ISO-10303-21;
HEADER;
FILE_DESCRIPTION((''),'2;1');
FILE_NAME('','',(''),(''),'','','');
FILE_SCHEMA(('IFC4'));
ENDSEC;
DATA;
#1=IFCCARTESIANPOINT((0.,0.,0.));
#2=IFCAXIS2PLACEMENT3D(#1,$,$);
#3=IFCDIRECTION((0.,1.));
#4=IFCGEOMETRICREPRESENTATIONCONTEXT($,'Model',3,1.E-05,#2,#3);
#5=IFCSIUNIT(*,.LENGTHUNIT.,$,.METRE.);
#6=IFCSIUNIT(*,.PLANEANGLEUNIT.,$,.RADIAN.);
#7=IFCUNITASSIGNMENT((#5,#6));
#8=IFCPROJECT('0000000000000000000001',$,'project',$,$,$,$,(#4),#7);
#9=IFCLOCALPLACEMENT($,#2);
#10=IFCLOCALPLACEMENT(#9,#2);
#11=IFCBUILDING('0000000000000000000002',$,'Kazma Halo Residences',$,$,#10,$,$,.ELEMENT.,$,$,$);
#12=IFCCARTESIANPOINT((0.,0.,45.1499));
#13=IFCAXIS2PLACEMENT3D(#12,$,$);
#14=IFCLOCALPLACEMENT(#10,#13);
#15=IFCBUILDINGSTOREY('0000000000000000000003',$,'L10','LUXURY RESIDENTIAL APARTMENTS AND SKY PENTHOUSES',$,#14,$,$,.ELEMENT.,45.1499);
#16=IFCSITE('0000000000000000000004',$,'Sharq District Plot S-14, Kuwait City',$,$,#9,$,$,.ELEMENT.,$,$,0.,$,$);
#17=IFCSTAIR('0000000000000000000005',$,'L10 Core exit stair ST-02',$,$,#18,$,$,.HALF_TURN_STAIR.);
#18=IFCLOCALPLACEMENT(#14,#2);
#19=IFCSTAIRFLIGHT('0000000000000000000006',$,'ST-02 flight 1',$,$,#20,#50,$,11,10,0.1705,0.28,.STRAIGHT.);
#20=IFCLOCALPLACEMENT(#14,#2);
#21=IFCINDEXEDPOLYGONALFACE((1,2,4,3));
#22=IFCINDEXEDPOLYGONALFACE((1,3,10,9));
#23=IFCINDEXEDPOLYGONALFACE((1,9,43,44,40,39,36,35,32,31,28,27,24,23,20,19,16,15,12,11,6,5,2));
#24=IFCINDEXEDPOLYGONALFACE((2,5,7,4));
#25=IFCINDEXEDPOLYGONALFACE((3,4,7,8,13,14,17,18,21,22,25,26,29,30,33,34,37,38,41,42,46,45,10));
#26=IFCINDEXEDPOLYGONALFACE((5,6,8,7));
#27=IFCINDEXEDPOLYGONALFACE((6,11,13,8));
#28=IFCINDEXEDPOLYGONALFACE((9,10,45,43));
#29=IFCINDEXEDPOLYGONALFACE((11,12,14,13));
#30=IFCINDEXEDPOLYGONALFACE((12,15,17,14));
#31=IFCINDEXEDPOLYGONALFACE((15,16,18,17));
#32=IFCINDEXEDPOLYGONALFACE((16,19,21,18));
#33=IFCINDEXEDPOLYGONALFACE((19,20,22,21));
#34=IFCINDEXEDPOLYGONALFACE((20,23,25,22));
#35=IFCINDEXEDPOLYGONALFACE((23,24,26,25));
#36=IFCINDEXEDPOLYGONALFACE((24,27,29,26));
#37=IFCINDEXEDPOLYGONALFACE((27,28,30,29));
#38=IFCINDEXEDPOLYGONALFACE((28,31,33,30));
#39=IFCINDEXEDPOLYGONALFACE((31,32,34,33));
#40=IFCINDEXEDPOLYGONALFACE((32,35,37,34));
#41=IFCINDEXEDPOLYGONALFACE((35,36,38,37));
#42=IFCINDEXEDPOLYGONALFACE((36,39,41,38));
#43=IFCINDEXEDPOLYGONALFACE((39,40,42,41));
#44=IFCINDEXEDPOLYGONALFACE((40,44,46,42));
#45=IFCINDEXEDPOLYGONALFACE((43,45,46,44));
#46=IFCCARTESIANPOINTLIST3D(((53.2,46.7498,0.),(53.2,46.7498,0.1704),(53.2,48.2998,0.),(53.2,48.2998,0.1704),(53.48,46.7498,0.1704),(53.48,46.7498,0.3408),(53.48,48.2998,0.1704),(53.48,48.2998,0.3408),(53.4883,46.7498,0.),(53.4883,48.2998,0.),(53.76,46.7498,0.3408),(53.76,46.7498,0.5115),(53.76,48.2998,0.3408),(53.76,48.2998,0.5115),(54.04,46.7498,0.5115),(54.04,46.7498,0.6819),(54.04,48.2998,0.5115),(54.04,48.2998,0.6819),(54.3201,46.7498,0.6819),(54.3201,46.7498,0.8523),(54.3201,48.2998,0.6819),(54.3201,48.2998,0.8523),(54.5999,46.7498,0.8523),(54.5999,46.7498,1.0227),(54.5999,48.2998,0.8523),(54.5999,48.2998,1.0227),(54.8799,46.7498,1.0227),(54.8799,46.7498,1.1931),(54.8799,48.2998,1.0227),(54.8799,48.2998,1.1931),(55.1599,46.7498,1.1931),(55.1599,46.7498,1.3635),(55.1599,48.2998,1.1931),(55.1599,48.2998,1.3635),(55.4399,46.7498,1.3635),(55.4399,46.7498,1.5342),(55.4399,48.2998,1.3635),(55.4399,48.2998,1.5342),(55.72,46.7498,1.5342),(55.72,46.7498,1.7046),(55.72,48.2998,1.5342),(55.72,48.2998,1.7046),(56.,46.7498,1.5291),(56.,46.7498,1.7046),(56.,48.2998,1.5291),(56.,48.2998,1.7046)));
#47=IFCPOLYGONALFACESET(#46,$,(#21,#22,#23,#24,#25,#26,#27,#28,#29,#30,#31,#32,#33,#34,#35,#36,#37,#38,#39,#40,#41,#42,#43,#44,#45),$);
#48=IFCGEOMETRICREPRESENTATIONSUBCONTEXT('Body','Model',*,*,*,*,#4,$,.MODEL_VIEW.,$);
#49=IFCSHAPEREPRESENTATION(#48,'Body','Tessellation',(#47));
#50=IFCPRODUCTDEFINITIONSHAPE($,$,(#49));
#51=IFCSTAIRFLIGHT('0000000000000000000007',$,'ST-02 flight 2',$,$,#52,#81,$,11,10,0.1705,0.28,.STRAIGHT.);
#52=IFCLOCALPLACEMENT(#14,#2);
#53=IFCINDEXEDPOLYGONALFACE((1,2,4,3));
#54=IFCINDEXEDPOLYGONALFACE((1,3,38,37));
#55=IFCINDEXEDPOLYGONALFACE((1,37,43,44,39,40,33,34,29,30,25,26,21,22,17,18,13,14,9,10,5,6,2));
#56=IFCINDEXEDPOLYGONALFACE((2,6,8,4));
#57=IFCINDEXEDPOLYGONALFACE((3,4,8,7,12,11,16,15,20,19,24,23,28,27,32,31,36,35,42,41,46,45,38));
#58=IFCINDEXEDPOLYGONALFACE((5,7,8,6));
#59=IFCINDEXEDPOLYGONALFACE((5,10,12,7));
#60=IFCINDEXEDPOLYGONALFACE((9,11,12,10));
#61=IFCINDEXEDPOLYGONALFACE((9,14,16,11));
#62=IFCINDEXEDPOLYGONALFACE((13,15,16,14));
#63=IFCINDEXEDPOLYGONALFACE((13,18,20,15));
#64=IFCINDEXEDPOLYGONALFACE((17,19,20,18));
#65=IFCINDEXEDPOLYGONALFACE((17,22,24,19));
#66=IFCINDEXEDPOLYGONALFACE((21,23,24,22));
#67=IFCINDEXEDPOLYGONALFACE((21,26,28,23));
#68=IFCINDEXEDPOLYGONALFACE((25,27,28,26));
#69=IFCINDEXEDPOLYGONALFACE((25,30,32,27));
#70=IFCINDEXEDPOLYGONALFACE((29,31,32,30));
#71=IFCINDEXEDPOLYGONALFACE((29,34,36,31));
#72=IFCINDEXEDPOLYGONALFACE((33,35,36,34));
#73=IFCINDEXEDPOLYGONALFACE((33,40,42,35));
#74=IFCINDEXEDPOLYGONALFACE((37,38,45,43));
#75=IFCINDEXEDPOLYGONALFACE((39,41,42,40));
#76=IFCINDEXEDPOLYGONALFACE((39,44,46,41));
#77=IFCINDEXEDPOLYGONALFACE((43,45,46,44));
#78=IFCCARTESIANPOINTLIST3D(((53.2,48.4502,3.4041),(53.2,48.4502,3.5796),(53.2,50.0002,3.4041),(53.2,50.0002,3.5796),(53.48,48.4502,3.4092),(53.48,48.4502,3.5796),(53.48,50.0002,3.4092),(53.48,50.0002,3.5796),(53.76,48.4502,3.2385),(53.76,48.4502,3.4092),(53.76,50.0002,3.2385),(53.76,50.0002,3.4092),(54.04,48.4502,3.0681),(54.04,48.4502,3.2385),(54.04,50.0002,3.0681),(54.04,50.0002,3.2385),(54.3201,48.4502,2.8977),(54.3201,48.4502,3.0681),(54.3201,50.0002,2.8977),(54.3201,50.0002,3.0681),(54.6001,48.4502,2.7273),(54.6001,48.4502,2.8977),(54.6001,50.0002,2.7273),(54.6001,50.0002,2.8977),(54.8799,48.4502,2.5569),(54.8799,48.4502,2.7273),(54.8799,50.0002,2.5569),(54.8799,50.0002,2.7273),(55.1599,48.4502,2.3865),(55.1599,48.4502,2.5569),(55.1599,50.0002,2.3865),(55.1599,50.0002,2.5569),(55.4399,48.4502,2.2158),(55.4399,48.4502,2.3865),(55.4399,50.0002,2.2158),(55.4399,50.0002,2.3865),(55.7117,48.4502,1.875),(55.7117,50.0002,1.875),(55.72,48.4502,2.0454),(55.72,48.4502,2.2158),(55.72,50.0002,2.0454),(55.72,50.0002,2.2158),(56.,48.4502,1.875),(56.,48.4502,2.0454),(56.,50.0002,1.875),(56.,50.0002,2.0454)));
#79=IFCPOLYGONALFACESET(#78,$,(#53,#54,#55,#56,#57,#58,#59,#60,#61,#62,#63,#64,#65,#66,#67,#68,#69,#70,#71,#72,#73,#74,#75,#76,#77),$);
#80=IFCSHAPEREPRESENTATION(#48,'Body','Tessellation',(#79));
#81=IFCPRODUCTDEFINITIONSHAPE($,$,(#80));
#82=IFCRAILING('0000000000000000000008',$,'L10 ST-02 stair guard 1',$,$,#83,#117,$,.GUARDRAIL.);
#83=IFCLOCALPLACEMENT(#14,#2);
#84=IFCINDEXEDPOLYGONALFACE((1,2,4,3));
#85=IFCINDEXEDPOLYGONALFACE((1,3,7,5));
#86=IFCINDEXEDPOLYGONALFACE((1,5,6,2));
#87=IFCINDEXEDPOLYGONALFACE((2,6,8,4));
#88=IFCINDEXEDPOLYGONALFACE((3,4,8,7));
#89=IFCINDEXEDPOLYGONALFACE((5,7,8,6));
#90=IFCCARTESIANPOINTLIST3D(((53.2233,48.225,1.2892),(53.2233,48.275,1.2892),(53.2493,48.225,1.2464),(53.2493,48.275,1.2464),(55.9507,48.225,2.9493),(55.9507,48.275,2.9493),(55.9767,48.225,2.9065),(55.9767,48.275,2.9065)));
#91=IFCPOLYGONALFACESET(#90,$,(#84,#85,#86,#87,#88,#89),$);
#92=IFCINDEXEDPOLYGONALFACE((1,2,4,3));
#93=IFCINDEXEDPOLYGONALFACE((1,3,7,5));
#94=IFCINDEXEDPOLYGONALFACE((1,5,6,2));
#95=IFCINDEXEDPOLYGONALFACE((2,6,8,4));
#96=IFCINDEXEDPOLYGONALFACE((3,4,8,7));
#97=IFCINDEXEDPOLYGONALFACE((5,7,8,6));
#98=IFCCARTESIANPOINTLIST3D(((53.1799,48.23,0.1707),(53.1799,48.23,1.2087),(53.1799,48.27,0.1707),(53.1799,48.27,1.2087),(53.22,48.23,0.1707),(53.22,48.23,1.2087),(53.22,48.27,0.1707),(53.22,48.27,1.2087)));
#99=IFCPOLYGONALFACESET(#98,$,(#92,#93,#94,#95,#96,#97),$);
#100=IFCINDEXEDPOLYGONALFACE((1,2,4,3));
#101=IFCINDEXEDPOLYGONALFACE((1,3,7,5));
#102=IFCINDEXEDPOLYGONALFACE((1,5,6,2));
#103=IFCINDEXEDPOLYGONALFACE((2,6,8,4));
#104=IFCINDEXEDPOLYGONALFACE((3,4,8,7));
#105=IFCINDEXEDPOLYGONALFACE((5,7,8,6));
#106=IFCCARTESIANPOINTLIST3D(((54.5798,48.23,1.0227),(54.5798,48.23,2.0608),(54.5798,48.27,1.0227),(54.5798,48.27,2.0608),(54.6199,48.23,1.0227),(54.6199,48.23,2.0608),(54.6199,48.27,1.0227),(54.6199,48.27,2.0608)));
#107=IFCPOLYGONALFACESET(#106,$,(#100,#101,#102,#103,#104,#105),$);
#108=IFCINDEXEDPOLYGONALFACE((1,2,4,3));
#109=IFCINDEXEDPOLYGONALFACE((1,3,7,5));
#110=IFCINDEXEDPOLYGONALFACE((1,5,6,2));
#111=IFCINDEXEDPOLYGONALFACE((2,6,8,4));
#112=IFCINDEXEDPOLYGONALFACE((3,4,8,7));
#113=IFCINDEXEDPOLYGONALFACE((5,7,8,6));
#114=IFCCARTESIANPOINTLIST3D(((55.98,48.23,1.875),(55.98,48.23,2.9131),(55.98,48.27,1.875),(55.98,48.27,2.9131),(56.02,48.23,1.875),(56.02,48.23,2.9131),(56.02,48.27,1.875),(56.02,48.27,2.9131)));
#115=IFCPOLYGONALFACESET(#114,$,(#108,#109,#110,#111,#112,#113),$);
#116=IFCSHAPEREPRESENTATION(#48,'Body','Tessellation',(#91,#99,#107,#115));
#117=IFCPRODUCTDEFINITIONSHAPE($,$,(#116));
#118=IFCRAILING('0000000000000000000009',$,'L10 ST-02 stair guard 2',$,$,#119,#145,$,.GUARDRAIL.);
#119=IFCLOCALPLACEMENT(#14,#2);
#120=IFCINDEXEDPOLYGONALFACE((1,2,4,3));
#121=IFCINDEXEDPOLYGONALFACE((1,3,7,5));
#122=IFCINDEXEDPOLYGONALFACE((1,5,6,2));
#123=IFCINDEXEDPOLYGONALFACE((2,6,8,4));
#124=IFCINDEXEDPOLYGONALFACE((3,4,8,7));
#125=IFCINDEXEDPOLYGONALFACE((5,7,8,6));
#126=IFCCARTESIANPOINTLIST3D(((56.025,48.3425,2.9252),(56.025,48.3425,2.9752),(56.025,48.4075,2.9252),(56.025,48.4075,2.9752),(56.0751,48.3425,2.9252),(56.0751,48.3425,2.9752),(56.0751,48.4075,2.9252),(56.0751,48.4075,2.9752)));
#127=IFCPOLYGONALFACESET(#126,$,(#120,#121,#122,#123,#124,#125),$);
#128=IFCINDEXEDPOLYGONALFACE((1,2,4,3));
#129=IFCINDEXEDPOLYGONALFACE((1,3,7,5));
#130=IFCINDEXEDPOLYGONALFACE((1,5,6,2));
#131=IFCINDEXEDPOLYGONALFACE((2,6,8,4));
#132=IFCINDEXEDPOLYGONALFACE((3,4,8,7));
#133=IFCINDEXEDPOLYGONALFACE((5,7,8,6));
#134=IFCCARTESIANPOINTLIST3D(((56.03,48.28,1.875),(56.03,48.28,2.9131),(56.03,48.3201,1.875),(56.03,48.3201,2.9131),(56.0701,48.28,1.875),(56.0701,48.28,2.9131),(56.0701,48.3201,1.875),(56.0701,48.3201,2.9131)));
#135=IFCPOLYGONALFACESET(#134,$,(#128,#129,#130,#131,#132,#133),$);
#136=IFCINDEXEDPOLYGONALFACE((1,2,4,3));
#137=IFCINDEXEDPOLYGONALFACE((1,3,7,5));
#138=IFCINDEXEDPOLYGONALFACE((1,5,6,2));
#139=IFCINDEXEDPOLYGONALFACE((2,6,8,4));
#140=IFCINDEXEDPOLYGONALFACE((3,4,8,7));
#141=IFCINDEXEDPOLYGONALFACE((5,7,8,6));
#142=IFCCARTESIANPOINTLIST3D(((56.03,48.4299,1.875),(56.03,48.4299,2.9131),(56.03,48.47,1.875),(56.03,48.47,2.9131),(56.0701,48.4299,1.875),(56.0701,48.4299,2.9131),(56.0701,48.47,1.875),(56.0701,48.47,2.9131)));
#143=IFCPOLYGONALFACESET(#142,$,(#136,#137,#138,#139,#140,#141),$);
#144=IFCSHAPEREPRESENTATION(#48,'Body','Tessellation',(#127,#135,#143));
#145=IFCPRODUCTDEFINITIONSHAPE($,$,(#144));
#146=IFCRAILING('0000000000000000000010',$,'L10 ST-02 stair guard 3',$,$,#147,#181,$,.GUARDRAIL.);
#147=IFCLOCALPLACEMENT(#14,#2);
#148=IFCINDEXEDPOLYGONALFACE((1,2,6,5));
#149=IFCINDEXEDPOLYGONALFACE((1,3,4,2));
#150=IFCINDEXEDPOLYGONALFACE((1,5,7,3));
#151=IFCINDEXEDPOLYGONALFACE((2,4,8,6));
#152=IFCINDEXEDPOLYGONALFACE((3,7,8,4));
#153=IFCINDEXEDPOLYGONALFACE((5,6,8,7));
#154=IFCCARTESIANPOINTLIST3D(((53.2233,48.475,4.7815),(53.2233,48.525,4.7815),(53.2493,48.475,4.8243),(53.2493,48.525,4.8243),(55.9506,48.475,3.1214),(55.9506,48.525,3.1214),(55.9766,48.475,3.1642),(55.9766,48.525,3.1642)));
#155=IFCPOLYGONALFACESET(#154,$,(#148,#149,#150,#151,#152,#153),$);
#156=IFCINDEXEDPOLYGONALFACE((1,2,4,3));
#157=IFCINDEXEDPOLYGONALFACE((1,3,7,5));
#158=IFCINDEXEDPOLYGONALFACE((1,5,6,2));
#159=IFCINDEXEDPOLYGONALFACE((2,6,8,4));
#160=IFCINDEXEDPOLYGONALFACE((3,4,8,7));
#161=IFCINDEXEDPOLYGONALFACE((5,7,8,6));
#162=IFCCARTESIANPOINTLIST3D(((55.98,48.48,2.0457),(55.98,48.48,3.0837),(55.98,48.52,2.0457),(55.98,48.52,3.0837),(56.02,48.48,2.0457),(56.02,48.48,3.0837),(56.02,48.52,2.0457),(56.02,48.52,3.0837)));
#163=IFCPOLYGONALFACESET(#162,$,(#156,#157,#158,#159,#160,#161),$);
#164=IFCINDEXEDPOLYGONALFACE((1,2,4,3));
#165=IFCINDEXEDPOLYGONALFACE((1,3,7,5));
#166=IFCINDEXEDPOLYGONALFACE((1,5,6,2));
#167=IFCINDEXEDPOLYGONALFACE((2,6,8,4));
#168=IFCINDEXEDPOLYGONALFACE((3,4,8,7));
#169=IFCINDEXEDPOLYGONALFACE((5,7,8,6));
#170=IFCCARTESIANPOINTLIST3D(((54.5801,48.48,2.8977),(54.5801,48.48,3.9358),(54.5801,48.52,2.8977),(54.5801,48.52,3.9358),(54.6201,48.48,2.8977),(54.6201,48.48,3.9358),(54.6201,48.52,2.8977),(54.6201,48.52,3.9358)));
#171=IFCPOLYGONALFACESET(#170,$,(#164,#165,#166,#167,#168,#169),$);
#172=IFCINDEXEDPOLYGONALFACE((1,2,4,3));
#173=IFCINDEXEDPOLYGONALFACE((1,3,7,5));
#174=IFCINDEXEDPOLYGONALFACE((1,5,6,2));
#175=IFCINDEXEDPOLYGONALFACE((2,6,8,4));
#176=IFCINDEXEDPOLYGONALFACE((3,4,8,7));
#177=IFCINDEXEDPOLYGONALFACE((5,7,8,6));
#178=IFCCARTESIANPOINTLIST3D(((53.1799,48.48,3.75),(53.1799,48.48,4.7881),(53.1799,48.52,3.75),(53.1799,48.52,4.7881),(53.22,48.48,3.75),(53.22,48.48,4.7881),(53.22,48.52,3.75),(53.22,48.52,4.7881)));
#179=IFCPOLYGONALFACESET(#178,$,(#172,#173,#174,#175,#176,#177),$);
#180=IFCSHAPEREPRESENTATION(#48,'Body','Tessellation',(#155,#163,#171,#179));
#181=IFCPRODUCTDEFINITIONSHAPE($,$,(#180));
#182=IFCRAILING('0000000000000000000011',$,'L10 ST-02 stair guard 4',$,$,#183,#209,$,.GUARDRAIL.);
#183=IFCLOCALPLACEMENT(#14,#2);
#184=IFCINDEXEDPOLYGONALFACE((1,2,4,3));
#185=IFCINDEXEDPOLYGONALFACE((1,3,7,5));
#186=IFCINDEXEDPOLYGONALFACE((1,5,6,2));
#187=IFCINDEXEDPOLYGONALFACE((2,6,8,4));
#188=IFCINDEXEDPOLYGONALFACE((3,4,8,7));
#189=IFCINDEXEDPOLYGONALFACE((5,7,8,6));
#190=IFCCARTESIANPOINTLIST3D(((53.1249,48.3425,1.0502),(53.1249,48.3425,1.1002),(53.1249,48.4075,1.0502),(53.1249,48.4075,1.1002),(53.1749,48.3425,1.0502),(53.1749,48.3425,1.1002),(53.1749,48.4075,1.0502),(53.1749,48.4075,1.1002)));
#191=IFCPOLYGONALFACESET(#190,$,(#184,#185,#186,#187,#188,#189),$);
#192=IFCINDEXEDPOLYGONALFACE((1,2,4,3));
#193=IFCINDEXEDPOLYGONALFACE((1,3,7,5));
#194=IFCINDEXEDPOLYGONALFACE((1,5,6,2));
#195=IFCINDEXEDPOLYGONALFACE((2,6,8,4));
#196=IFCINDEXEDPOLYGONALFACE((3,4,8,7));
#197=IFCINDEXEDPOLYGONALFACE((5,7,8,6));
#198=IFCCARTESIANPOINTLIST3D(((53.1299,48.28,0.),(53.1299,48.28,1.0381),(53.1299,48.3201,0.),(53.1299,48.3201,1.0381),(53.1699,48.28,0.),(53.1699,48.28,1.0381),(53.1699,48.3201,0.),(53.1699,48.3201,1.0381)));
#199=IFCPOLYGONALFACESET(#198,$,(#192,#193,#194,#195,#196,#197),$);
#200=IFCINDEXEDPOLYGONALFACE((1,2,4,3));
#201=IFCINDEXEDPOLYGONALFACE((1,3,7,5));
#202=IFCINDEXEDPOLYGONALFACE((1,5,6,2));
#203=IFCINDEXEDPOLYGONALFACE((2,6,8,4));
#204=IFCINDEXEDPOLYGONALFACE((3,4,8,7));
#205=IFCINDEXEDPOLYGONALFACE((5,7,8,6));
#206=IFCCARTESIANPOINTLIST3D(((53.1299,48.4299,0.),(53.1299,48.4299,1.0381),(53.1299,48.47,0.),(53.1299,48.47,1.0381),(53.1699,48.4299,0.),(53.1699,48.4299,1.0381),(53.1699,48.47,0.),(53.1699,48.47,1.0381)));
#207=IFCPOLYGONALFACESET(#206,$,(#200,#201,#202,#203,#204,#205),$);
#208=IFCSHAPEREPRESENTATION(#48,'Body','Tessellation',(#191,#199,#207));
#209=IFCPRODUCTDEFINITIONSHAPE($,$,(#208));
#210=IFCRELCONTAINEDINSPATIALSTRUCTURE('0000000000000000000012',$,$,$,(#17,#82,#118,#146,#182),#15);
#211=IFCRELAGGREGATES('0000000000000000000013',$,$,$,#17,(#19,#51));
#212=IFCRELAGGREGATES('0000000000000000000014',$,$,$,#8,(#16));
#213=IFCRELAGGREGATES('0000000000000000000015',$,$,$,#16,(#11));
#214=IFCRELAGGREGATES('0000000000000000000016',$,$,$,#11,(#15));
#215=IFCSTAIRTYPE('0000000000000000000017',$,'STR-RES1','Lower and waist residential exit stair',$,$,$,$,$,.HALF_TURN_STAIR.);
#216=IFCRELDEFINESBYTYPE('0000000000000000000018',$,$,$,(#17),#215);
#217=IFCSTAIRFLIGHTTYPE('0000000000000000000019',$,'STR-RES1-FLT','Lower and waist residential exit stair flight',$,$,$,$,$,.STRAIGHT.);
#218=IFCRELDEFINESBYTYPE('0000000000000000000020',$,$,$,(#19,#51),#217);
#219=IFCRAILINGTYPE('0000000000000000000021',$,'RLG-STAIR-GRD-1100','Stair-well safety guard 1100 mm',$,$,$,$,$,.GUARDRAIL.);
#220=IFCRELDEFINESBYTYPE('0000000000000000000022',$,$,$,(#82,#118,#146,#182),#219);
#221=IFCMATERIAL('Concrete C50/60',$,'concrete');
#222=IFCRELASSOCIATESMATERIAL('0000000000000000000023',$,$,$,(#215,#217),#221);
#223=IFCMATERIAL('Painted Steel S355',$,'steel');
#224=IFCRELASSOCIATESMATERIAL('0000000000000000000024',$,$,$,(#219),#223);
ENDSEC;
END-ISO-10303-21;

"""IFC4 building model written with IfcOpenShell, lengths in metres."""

from ifc_helpers import new_model, si_unit, direction, frame, origin, origin_2d, place, context, subcontext, project, spatial, polyline, rectangle, outline, extrude, material, type_object, element, aggregate, save


model = new_model("IFC4")

# Units and contexts
model_context = context("Model", 3, precision=1e-05, world=origin(), true_north=direction((0.0, 1.0)))
body_context = subcontext(model_context, "Body", "Model", "MODEL_VIEW")
ifc_project = project(units=[si_unit("LENGTHUNIT", "METRE"), si_unit("PLANEANGLEUNIT", "RADIAN")], contexts=[model_context])

# Site, building, storey
site_placement = place(None, origin())
site = spatial("IfcSite", under=ifc_project, at=site_placement, Name="Sharq District Plot S-14, Kuwait City", CompositionType="ELEMENT", RefElevation=0.0)
building_placement = place(site_placement, origin())
building = spatial("IfcBuilding", under=site, at=building_placement, Name="Kazma Halo Residences", CompositionType="ELEMENT")
storey_placement = place(building_placement, frame((0.0, 0.0, 45.1499)))
storey = spatial("IfcBuildingStorey", under=building, at=storey_placement, Name="L10", Description="LUXURY RESIDENTIAL APARTMENTS AND SKY PENTHOUSES", CompositionType="ELEMENT", Elevation=45.1499)

# Shared definitions
ifc_material_1 = material(Name="Concrete C50/60", Category="concrete")

# Stair, stair flights
stair_type = type_object("IfcStairType", Name="STR-RES1", Description="Lower and waist residential exit stair", PredefinedType="HALF_TURN_STAIR", material=ifc_material_1)
stair_placement = place(storey_placement, origin())
stair = element("IfcStair", 1, at=stair_placement, inside=storey, type_object=stair_type, Name="L10 Core exit stair ST-02", PredefinedType="HALF_TURN_STAIR")
stair_flight_type = type_object("IfcStairFlightType", Name="STR-RES1-FLT", Description="Lower and waist residential exit stair flight", PredefinedType="STRAIGHT", material=ifc_material_1)
stair_flight_1_placement = place(storey_placement, frame((53.2, 47.5249, 0.0), z_axis=(0.0, 0.0, 1.0), x_axis=(1.0, 0.0, 0.0)))
stair_flight_1 = element("IfcStairFlight", 2, at=stair_flight_1_placement, type_object=stair_flight_type, Name="ST-02 flight 1", NumberOfRisers=11, NumberOfTreads=10, PredefinedType="STRAIGHT", RiserHeight=0.1705, TreadLength=0.28, context=body_context, shape_type="SweptSolid", body=[
    extrude(outline(polyline([(0.0, 0.0), (0.0, 0.1704), (0.28, 0.1704), (0.28, 0.3408), (0.5601, 0.3408), (0.5601, 0.5115), (0.8401, 0.5115), (0.8401, 0.6819), (1.1201, 0.6819), (1.1201, 0.8523), (1.3999, 0.8523), (1.3999, 1.0227), (1.6799, 1.0227), (1.6799, 1.1931), (1.96, 1.1931), (1.96, 1.3635), (2.24, 1.3635), (2.24, 1.5342), (2.52, 1.5342), (2.52, 1.7046), (2.8, 1.7046), (2.8, 1.875), (2.8, 1.5291), (0.2883, 0.0), (0.0, 0.0)])), frame((0.0, 0.7749, 0.0), z_axis=(0.0, -1.0, 0.0), x_axis=(1.0, 0.0, 0.0)), (0.0, 0.0, 1.0), 1.55),
])
stair_flight_2_placement = place(storey_placement, frame((56.0, 49.2251, 1.875), z_axis=(0.0, 0.0, 1.0), x_axis=(-1.0, 0.0, 0.0)))
stair_flight_2 = element("IfcStairFlight", 3, at=stair_flight_2_placement, type_object=stair_flight_type, Name="ST-02 flight 2", NumberOfRisers=11, NumberOfTreads=10, PredefinedType="STRAIGHT", RiserHeight=0.1705, TreadLength=0.28, context=body_context, shape_type="SweptSolid", body=[
    extrude(outline(polyline([(0.0, 0.0), (0.0, 0.1704), (0.28, 0.1704), (0.28, 0.3408), (0.5601, 0.3408), (0.5601, 0.5115), (0.8401, 0.5115), (0.8401, 0.6819), (1.1201, 0.6819), (1.1201, 0.8523), (1.3999, 0.8523), (1.3999, 1.0227), (1.6799, 1.0227), (1.6799, 1.1931), (1.96, 1.1931), (1.96, 1.3635), (2.24, 1.3635), (2.24, 1.5342), (2.52, 1.5342), (2.52, 1.7046), (2.8, 1.7046), (2.8, 1.875), (2.8, 1.5291), (0.2883, 0.0), (0.0, 0.0)])), frame((0.0, 0.7749, 0.0), z_axis=(0.0, -1.0, 0.0), x_axis=(1.0, 0.0, 0.0)), (0.0, 0.0, 1.0), 1.55),
])
aggregate(stair, [stair_flight_1, stair_flight_2])

# Railings
ifc_material_2 = material(Name="Painted Steel S355", Category="steel")
railing_type_1 = type_object("IfcRailingType", Name="RLG-STAIR-GRD-1100", Description="Stair-well safety guard 1100 mm", PredefinedType="GUARDRAIL", material=ifc_material_2)
railing_1_placement = place(storey_placement, frame((53.2, 48.25, 0.1707)))
element("IfcRailing", 4, at=railing_1_placement, inside=storey, type_object=railing_type_1, Name="L10 ST-02 stair guard 1", PredefinedType="GUARDRAIL", context=body_context, shape_type="SweptSolid", body=[
    extrude(rectangle(XDim=0.05, YDim=0.05, at=origin_2d()), frame((0.0364, 0.0, 1.0972), z_axis=(0.854203, 0.0, 0.51994), x_axis=(0.0, 1.0, 0.0)), (0.0, 0.0, 1.0), 3.1929),
    extrude(rectangle(XDim=0.04, YDim=0.04, at=origin_2d()), origin(), (0.0, 0.0, 1.0), 1.0381),
    extrude(rectangle(XDim=0.04, YDim=0.04, at=origin_2d()), frame((1.3999, 0.0, 0.8521)), (0.0, 0.0, 1.0), 1.0381),
    extrude(rectangle(XDim=0.04, YDim=0.04, at=origin_2d()), frame((2.8, 0.0, 1.7043)), (0.0, 0.0, 1.0), 1.0381),
])
railing_2_placement = place(storey_placement, frame((56.05, 48.3, 1.875)))
element("IfcRailing", 5, at=railing_2_placement, inside=storey, type_object=railing_type_1, Name="L10 ST-02 stair guard 2", PredefinedType="GUARDRAIL", context=body_context, shape_type="SweptSolid", body=[
    extrude(rectangle(XDim=0.05, YDim=0.05, at=origin_2d()), frame((0.0, 0.0425, 1.0752), z_axis=(0.0, 1.0, 0.0), x_axis=(-1.0, 0.0, 0.0)), (0.0, 0.0, 1.0), 0.0649),
    extrude(rectangle(XDim=0.04, YDim=0.04, at=origin_2d()), origin(), (0.0, 0.0, 1.0), 1.0381),
    extrude(rectangle(XDim=0.04, YDim=0.04, at=origin_2d()), frame((0.0, 0.1499, 0.0)), (0.0, 0.0, 1.0), 1.0381),
])
railing_3_placement = place(storey_placement, frame((56.0, 48.5, 2.0457)))
element("IfcRailing", 6, at=railing_3_placement, inside=storey, type_object=railing_type_1, Name="L10 ST-02 stair guard 3", PredefinedType="GUARDRAIL", context=body_context, shape_type="SweptSolid", body=[
    extrude(rectangle(XDim=0.05, YDim=0.05, at=origin_2d()), frame((-0.0364, 0.0, 1.0972), z_axis=(-0.854203, 0.0, 0.51994), x_axis=(0.0, -1.0, 0.0)), (0.0, 0.0, 1.0), 3.1929),
    extrude(rectangle(XDim=0.04, YDim=0.04, at=origin_2d()), origin(), (0.0, 0.0, 1.0), 1.0381),
    extrude(rectangle(XDim=0.04, YDim=0.04, at=origin_2d()), frame((-1.3999, 0.0, 0.8521)), (0.0, 0.0, 1.0), 1.0381),
    extrude(rectangle(XDim=0.04, YDim=0.04, at=origin_2d()), frame((-2.8, 0.0, 1.7043)), (0.0, 0.0, 1.0), 1.0381),
])
railing_4_placement = place(storey_placement, frame((53.1499, 48.3, 0.0)))
element("IfcRailing", 7, at=railing_4_placement, inside=storey, type_object=railing_type_1, Name="L10 ST-02 stair guard 4", PredefinedType="GUARDRAIL", context=body_context, shape_type="SweptSolid", body=[
    extrude(rectangle(XDim=0.05, YDim=0.05, at=origin_2d()), frame((0.0, 0.0425, 1.0752), z_axis=(0.0, 1.0, 0.0), x_axis=(-1.0, 0.0, 0.0)), (0.0, 0.0, 1.0), 0.0649),
    extrude(rectangle(XDim=0.04, YDim=0.04, at=origin_2d()), origin(), (0.0, 0.0, 1.0), 1.0381),
    extrude(rectangle(XDim=0.04, YDim=0.04, at=origin_2d()), frame((0.0, 0.1499, 0.0)), (0.0, 0.0, 1.0), 1.0381),
])

save(model, "model.ifc")
